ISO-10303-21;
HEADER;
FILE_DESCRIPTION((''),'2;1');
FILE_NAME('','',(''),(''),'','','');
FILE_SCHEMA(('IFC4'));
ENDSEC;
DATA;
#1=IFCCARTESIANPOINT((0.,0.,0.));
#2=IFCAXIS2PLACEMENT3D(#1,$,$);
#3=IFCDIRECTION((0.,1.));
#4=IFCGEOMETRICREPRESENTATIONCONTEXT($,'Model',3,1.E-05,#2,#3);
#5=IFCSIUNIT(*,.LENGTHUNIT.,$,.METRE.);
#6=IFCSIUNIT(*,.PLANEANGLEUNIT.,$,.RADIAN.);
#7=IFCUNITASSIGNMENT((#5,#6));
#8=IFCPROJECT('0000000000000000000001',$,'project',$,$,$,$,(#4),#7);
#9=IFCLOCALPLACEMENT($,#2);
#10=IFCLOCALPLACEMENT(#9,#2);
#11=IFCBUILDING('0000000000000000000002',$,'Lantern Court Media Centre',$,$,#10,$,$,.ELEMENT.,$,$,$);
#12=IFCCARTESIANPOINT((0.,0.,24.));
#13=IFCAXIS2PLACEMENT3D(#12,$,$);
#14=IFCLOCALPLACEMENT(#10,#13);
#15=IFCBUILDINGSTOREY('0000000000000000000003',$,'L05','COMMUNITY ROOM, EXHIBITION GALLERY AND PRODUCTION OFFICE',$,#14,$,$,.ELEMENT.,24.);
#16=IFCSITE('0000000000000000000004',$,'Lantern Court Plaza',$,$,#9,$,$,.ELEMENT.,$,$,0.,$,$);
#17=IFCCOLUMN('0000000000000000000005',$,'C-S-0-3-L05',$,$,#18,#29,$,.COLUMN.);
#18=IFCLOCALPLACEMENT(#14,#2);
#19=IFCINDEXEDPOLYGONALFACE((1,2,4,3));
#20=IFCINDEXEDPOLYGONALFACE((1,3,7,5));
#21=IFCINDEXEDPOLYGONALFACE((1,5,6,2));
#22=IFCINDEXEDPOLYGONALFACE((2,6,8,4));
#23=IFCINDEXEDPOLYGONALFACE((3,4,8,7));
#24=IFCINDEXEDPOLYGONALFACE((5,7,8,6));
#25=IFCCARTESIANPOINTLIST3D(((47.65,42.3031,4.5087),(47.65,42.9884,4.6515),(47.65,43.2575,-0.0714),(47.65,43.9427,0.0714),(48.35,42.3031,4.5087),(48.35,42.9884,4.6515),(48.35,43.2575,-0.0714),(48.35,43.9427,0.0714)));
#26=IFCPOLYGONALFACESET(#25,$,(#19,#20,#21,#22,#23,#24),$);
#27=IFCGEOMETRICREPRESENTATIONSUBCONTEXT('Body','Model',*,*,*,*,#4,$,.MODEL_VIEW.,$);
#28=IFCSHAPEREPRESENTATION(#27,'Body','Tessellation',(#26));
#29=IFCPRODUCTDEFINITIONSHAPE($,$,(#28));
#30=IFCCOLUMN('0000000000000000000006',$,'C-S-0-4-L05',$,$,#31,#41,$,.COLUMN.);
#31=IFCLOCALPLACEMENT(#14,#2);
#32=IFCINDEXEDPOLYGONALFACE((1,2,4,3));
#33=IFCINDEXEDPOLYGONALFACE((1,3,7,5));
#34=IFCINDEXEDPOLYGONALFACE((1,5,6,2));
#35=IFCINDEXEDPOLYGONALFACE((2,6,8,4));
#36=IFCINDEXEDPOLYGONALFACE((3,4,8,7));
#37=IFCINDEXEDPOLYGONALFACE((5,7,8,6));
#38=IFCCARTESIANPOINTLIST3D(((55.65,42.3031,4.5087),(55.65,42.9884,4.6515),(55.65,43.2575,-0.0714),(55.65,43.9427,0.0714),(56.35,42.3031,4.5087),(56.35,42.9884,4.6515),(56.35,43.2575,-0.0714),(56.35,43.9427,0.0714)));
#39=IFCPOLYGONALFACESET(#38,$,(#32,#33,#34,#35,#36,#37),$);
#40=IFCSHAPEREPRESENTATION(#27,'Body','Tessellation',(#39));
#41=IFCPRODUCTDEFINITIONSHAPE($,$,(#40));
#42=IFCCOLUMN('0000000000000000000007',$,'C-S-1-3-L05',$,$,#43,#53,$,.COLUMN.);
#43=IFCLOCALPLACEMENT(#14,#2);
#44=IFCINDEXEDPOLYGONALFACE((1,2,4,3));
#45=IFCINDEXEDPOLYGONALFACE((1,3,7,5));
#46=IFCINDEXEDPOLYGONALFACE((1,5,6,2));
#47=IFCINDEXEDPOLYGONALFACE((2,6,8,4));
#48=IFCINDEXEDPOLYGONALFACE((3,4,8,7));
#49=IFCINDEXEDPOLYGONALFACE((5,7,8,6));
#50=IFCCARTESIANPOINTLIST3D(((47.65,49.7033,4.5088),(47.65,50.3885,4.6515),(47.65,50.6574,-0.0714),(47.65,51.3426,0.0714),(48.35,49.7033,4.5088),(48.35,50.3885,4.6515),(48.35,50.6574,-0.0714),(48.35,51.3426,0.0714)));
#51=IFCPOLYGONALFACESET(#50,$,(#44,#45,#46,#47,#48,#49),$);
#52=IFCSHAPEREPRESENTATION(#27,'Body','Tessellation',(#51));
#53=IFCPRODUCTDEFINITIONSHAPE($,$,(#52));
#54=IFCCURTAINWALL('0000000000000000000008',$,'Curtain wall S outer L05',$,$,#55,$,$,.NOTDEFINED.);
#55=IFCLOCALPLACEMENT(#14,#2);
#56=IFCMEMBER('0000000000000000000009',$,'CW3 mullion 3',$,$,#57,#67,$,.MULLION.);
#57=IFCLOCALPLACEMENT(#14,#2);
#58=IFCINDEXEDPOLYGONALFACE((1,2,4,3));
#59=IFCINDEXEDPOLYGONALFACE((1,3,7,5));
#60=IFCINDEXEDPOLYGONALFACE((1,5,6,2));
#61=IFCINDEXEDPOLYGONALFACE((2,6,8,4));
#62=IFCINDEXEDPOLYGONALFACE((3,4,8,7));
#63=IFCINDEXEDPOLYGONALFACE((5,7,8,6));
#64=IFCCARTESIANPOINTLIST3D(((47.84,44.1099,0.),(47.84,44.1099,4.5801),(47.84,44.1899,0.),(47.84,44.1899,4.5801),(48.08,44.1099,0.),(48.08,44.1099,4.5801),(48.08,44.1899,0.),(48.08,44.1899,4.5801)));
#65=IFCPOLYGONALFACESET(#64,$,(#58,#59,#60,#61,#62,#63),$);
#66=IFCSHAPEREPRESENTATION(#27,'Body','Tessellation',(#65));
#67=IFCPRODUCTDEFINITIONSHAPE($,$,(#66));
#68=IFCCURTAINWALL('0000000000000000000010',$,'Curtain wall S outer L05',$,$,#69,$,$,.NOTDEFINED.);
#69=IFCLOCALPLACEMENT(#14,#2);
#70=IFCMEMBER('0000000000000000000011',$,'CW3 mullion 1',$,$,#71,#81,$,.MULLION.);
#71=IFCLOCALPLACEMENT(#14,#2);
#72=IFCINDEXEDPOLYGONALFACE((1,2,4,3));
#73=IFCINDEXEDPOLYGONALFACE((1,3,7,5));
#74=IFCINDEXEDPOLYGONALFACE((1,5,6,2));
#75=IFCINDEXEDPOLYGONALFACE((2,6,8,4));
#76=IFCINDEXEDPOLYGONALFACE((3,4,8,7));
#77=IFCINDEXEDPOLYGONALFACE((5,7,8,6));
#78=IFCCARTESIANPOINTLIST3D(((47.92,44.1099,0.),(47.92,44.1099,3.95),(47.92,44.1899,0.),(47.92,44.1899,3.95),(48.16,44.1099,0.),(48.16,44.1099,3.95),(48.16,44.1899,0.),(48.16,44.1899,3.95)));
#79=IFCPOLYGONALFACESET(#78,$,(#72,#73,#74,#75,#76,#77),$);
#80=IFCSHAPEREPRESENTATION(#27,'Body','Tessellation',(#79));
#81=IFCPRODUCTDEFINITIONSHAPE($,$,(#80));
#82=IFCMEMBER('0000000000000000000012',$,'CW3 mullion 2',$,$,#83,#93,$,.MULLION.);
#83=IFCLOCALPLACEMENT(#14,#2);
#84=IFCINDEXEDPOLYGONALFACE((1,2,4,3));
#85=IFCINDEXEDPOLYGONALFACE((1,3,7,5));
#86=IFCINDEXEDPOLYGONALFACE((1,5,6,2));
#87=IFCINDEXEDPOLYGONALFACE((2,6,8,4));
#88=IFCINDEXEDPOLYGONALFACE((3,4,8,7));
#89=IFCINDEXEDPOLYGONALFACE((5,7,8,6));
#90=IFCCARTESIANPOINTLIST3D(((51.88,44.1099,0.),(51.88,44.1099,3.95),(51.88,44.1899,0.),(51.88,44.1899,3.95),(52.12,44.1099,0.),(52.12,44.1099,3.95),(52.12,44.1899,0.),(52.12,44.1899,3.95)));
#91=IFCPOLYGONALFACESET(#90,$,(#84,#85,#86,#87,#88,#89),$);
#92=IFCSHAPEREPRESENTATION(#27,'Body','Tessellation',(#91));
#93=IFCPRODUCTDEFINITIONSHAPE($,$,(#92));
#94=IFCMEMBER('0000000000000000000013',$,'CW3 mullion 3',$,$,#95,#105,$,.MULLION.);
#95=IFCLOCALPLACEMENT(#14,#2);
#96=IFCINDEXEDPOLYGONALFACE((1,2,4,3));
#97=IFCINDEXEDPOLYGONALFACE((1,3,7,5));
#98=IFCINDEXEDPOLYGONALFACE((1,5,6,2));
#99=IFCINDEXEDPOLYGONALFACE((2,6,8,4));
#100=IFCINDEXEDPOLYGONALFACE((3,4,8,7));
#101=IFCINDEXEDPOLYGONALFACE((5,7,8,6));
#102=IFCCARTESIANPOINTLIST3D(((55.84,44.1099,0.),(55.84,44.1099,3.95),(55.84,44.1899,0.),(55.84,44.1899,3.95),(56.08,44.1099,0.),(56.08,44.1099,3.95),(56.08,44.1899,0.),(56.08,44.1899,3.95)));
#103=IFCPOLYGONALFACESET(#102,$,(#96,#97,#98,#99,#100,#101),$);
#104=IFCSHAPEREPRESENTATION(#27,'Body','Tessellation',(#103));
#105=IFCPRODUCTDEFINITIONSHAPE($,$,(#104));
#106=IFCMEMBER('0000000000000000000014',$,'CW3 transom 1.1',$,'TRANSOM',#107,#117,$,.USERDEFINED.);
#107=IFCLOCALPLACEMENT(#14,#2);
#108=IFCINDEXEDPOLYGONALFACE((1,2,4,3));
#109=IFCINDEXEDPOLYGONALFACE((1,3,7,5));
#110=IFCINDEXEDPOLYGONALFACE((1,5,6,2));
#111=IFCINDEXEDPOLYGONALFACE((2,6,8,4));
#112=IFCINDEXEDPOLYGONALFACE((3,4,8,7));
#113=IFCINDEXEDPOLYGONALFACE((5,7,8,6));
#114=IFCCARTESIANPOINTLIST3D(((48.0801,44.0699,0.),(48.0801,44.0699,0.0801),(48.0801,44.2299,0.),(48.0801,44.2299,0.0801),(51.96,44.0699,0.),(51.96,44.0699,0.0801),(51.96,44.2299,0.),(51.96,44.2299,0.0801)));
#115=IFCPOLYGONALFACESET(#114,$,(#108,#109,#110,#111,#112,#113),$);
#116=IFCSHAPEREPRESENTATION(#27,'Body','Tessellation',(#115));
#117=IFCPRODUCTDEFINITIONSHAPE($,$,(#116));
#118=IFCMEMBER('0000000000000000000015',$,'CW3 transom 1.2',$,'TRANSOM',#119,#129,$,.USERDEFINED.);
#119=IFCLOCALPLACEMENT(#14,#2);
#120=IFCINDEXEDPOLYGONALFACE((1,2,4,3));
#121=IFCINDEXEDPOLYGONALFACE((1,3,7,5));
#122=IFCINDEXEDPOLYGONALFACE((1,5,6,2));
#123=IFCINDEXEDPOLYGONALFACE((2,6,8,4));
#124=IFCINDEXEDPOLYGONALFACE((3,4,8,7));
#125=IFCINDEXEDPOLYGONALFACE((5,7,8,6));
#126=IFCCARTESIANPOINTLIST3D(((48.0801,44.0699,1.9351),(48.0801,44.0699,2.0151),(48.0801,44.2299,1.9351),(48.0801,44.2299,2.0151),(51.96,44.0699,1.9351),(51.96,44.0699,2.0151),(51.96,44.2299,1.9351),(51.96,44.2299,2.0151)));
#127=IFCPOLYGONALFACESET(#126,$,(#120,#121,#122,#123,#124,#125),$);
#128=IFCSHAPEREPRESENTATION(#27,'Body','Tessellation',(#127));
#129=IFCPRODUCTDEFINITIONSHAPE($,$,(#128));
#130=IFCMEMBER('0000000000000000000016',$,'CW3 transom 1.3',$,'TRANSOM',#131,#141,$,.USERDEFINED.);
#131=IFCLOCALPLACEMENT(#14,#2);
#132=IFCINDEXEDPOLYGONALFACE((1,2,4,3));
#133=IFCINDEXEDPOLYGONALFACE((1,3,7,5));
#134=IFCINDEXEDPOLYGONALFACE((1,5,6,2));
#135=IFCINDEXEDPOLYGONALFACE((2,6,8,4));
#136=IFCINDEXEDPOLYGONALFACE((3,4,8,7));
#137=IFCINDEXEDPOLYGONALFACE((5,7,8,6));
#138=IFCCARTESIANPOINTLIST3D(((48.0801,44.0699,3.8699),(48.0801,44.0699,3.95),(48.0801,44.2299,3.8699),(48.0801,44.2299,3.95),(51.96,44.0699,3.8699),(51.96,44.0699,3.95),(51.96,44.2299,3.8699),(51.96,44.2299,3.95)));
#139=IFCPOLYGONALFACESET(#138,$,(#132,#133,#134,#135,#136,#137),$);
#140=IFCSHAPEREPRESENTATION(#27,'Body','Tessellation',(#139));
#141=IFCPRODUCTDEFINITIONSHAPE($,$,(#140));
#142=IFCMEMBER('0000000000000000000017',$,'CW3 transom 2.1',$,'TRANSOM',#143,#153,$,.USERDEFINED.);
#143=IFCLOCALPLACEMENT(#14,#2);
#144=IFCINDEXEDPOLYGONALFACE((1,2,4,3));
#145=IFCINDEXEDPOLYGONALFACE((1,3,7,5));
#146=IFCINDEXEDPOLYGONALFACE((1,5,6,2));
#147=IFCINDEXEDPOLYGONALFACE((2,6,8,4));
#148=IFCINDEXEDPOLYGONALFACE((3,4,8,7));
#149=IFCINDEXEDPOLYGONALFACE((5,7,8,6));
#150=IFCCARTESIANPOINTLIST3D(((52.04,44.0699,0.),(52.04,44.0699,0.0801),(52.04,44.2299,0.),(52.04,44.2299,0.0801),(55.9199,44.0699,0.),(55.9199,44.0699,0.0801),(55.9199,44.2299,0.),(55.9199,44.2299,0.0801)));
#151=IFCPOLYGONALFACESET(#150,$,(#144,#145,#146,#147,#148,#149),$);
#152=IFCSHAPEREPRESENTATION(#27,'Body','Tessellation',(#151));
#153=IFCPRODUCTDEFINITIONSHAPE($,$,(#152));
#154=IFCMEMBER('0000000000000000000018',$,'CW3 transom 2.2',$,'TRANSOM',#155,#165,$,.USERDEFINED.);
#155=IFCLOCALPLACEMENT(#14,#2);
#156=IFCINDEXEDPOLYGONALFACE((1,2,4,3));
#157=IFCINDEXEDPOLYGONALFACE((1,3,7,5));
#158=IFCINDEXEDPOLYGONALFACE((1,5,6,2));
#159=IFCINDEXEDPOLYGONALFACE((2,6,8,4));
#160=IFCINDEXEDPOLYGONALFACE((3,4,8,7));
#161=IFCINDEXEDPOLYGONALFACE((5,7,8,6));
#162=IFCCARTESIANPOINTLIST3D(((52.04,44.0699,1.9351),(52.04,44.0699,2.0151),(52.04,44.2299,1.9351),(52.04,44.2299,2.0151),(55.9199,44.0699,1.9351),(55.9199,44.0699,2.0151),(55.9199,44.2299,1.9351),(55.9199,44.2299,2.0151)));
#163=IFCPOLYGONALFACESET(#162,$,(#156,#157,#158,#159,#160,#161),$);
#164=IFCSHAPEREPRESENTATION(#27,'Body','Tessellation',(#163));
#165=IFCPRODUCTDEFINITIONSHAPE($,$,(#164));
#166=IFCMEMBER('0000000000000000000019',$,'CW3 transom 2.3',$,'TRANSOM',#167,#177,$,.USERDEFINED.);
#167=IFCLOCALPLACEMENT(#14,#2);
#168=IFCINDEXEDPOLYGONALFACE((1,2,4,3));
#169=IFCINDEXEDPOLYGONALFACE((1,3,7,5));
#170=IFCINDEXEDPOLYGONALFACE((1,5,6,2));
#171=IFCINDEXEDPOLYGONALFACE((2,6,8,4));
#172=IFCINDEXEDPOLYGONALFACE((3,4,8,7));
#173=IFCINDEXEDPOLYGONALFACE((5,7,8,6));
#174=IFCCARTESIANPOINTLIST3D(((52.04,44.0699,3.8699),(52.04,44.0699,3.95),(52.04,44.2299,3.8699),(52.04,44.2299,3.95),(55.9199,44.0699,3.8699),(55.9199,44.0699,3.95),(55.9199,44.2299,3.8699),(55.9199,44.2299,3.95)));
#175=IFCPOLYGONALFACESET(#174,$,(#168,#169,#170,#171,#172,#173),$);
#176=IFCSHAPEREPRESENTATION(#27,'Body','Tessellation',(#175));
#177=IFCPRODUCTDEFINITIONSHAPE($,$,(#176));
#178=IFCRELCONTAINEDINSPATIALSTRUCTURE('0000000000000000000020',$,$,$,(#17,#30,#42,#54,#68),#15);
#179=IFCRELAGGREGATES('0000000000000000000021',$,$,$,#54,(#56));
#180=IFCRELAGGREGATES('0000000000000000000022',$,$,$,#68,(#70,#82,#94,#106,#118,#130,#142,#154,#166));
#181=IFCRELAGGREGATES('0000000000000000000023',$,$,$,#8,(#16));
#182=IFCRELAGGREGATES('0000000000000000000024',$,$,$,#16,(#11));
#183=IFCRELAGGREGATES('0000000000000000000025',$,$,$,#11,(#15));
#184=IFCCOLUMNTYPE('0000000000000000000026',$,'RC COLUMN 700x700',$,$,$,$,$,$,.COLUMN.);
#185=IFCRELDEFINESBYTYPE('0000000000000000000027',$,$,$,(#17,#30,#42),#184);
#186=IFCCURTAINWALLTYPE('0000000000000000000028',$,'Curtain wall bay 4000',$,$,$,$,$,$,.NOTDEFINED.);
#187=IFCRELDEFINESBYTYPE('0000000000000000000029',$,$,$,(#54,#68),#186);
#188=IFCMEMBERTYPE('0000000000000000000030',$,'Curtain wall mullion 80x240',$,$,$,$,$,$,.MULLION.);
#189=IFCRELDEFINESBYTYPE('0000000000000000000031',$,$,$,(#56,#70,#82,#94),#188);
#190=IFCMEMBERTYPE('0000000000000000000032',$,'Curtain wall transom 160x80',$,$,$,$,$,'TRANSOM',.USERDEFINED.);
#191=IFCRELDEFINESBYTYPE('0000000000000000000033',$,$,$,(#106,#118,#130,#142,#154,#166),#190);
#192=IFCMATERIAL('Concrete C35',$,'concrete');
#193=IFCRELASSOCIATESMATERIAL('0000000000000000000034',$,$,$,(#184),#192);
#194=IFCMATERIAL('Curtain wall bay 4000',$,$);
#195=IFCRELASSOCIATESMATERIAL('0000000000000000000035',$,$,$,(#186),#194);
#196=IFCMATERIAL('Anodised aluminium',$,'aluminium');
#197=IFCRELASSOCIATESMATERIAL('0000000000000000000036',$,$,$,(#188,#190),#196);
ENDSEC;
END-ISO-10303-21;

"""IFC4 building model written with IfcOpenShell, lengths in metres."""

from ifc_helpers import new_model, si_unit, direction, frame, origin, origin_2d, place, context, subcontext, project, spatial, rectangle, extrude, material, material_profile, profile_set, type_object, element, aggregate, save


model = new_model("IFC4")

# Units and contexts
model_context = context("Model", 3, precision=1e-05, world=origin(), true_north=direction((0.0, 1.0)))
body_context = subcontext(model_context, "Body", "Model", "MODEL_VIEW")
ifc_project = project(units=[si_unit("LENGTHUNIT", "METRE"), si_unit("PLANEANGLEUNIT", "RADIAN")], contexts=[model_context])

# Site, building, storey
site_placement = place(None, origin())
site = spatial("IfcSite", under=ifc_project, at=site_placement, Name="Lantern Court Plaza", CompositionType="ELEMENT", RefElevation=0.0)
building_placement = place(site_placement, origin())
building = spatial("IfcBuilding", under=site, at=building_placement, Name="Lantern Court Media Centre", CompositionType="ELEMENT")
storey_placement = place(building_placement, frame((0.0, 0.0, 24.0)))
storey = spatial("IfcBuildingStorey", under=building, at=storey_placement, Name="L05", Description="COMMUNITY ROOM, EXHIBITION GALLERY AND PRODUCTION OFFICE", CompositionType="ELEMENT", Elevation=24.0)

# Columns
ifc_material_1 = material(Name="Concrete C35", Category="concrete")
ifc_material_profile_1 = material_profile(ifc_material_1, rectangle(XDim=0.7, YDim=0.7, at=origin_2d()), Name="RC 700x700")
ifc_profile_set_1 = profile_set([ifc_material_profile_1], Name="Concrete C35")
column_type = type_object("IfcColumnType", Name="RC COLUMN 700x700", PredefinedType="COLUMN", material=ifc_profile_set_1)
for number, where, z_axis, x_axis, name in (
    (1, (48.0, 43.6001, 0.0), (0.0, -0.203988, 0.978973), (1.0, 0.0, 0.0), "C-S-0-3-L05"),
    (2, (56.0, 43.6001, 0.0), (0.0, -0.203988, 0.978973), (1.0, 0.0, 0.0), "C-S-0-4-L05"),
    (3, (48.0, 51.0, 0.0), (0.0, -0.203938, 0.978984), (1.0, 0.0, 0.0), "C-S-1-3-L05"),
):
    element("IfcColumn", number, at=place(storey_placement, frame(where, z_axis=z_axis, x_axis=x_axis)), inside=storey, type_object=column_type, Name=name, PredefinedType="COLUMN", context=body_context, shape_type="SweptSolid", body=[
        extrude(rectangle(XDim=0.7, YDim=0.7, at=origin_2d()), origin(), (0.0, 0.0, 1.0), 4.6785),
    ])

# Curtain wall, member
ifc_material_2 = material(Name="Curtain wall bay 4000")
curtain_wall_type = type_object("IfcCurtainWallType", Name="Curtain wall bay 4000", PredefinedType="NOTDEFINED", material=ifc_material_2)
curtain_wall_1_placement = place(storey_placement, origin())
curtain_wall_1 = element("IfcCurtainWall", 4, at=curtain_wall_1_placement, inside=storey, type_object=curtain_wall_type, Name="Curtain wall S outer L05", PredefinedType="NOTDEFINED")
ifc_material_3 = material(Name="Anodised aluminium", Category="aluminium")
ifc_material_profile_2 = material_profile(ifc_material_3, rectangle(XDim=0.0801, YDim=0.24, at=origin_2d()), Name="AL 80x240")
ifc_profile_set_2 = profile_set([ifc_material_profile_2], Name="Anodised aluminium")
member_type_1 = type_object("IfcMemberType", Name="Curtain wall mullion 80x240", PredefinedType="MULLION", material=ifc_profile_set_2)
member_1_placement = place(storey_placement, frame((47.96, 44.1499, 0.0), z_axis=(0.0, 0.0, 1.0), x_axis=(0.0, 1.0, 0.0)))
member_1 = element("IfcMember", 5, at=member_1_placement, type_object=member_type_1, Name="CW3 mullion 3", PredefinedType="MULLION", context=body_context, shape_type="SweptSolid", body=[
    extrude(rectangle(XDim=0.0801, YDim=0.24, at=origin_2d()), origin(), (0.0, 0.0, 1.0), 4.5801),
])

# Curtain wall, members
curtain_wall_2_placement = place(storey_placement, origin())
curtain_wall_2 = element("IfcCurtainWall", 6, at=curtain_wall_2_placement, inside=storey, type_object=curtain_wall_type, Name="Curtain wall S outer L05", PredefinedType="NOTDEFINED")
member_2_placement = place(storey_placement, frame((48.04, 44.1499, 0.0), z_axis=(0.0, 0.0, 1.0), x_axis=(0.0, 1.0, 0.0)))
member_2 = element("IfcMember", 7, at=member_2_placement, type_object=member_type_1, Name="CW3 mullion 1", PredefinedType="MULLION", context=body_context, shape_type="SweptSolid", body=[
    extrude(rectangle(XDim=0.0801, YDim=0.24, at=origin_2d()), origin(), (0.0, 0.0, 1.0), 3.95),
])
member_3_placement = place(storey_placement, frame((52.0, 44.1499, 0.0), z_axis=(0.0, 0.0, 1.0), x_axis=(0.0, 1.0, 0.0)))
member_3 = element("IfcMember", 8, at=member_3_placement, type_object=member_type_1, Name="CW3 mullion 2", PredefinedType="MULLION", context=body_context, shape_type="SweptSolid", body=[
    extrude(rectangle(XDim=0.0801, YDim=0.24, at=origin_2d()), origin(), (0.0, 0.0, 1.0), 3.95),
])
member_4_placement = place(storey_placement, frame((55.96, 44.1499, 0.0), z_axis=(0.0, 0.0, 1.0), x_axis=(0.0, 1.0, 0.0)))
member_4 = element("IfcMember", 9, at=member_4_placement, type_object=member_type_1, Name="CW3 mullion 3", PredefinedType="MULLION", context=body_context, shape_type="SweptSolid", body=[
    extrude(rectangle(XDim=0.0801, YDim=0.24, at=origin_2d()), origin(), (0.0, 0.0, 1.0), 3.95),
])
ifc_material_profile_3 = material_profile(ifc_material_3, rectangle(XDim=0.1599, YDim=0.0801, at=origin_2d()), Name="AL 80x160")
ifc_profile_set_3 = profile_set([ifc_material_profile_3], Name="Anodised aluminium")
member_type_2 = type_object("IfcMemberType", Name="Curtain wall transom 160x80", ElementType="TRANSOM", PredefinedType="USERDEFINED", material=ifc_profile_set_3)
member_5_placement = place(storey_placement, frame((48.0801, 44.1499, 0.04), z_axis=(1.0, 0.0, 0.0), x_axis=(0.0, 1.0, 0.0)))
member_5 = element("IfcMember", 10, at=member_5_placement, type_object=member_type_2, Name="CW3 transom 1.1", ObjectType="TRANSOM", PredefinedType="USERDEFINED", context=body_context, shape_type="SweptSolid", body=[
    extrude(rectangle(XDim=0.1599, YDim=0.0801, at=origin_2d()), origin(), (0.0, 0.0, 1.0), 3.8799),
])
member_6_placement = place(storey_placement, frame((48.0801, 44.1499, 1.9751), z_axis=(1.0, 0.0, 0.0), x_axis=(0.0, 1.0, 0.0)))
member_6 = element("IfcMember", 11, at=member_6_placement, type_object=member_type_2, Name="CW3 transom 1.2", ObjectType="TRANSOM", PredefinedType="USERDEFINED", context=body_context, shape_type="SweptSolid", body=[
    extrude(rectangle(XDim=0.1599, YDim=0.0801, at=origin_2d()), origin(), (0.0, 0.0, 1.0), 3.8799),
])
member_7_placement = place(storey_placement, frame((48.0801, 44.1499, 3.9099), z_axis=(1.0, 0.0, 0.0), x_axis=(0.0, 1.0, 0.0)))
member_7 = element("IfcMember", 12, at=member_7_placement, type_object=member_type_2, Name="CW3 transom 1.3", ObjectType="TRANSOM", PredefinedType="USERDEFINED", context=body_context, shape_type="SweptSolid", body=[
    extrude(rectangle(XDim=0.1599, YDim=0.0801, at=origin_2d()), origin(), (0.0, 0.0, 1.0), 3.8799),
])
member_8_placement = place(storey_placement, frame((52.04, 44.1499, 0.04), z_axis=(1.0, 0.0, 0.0), x_axis=(0.0, 1.0, 0.0)))
member_8 = element("IfcMember", 13, at=member_8_placement, type_object=member_type_2, Name="CW3 transom 2.1", ObjectType="TRANSOM", PredefinedType="USERDEFINED", context=body_context, shape_type="SweptSolid", body=[
    extrude(rectangle(XDim=0.1599, YDim=0.0801, at=origin_2d()), origin(), (0.0, 0.0, 1.0), 3.8799),
])
member_9_placement = place(storey_placement, frame((52.04, 44.1499, 1.9751), z_axis=(1.0, 0.0, 0.0), x_axis=(0.0, 1.0, 0.0)))
member_9 = element("IfcMember", 14, at=member_9_placement, type_object=member_type_2, Name="CW3 transom 2.2", ObjectType="TRANSOM", PredefinedType="USERDEFINED", context=body_context, shape_type="SweptSolid", body=[
    extrude(rectangle(XDim=0.1599, YDim=0.0801, at=origin_2d()), origin(), (0.0, 0.0, 1.0), 3.8799),
])
member_10_placement = place(storey_placement, frame((52.04, 44.1499, 3.9099), z_axis=(1.0, 0.0, 0.0), x_axis=(0.0, 1.0, 0.0)))
member_10 = element("IfcMember", 15, at=member_10_placement, type_object=member_type_2, Name="CW3 transom 2.3", ObjectType="TRANSOM", PredefinedType="USERDEFINED", context=body_context, shape_type="SweptSolid", body=[
    extrude(rectangle(XDim=0.1599, YDim=0.0801, at=origin_2d()), origin(), (0.0, 0.0, 1.0), 3.8799),
])

aggregate(curtain_wall_1, [member_1])
aggregate(curtain_wall_2, [member_2, member_3, member_4, member_5, member_6, member_7, member_8, member_9, member_10])

save(model, "model.ifc")
